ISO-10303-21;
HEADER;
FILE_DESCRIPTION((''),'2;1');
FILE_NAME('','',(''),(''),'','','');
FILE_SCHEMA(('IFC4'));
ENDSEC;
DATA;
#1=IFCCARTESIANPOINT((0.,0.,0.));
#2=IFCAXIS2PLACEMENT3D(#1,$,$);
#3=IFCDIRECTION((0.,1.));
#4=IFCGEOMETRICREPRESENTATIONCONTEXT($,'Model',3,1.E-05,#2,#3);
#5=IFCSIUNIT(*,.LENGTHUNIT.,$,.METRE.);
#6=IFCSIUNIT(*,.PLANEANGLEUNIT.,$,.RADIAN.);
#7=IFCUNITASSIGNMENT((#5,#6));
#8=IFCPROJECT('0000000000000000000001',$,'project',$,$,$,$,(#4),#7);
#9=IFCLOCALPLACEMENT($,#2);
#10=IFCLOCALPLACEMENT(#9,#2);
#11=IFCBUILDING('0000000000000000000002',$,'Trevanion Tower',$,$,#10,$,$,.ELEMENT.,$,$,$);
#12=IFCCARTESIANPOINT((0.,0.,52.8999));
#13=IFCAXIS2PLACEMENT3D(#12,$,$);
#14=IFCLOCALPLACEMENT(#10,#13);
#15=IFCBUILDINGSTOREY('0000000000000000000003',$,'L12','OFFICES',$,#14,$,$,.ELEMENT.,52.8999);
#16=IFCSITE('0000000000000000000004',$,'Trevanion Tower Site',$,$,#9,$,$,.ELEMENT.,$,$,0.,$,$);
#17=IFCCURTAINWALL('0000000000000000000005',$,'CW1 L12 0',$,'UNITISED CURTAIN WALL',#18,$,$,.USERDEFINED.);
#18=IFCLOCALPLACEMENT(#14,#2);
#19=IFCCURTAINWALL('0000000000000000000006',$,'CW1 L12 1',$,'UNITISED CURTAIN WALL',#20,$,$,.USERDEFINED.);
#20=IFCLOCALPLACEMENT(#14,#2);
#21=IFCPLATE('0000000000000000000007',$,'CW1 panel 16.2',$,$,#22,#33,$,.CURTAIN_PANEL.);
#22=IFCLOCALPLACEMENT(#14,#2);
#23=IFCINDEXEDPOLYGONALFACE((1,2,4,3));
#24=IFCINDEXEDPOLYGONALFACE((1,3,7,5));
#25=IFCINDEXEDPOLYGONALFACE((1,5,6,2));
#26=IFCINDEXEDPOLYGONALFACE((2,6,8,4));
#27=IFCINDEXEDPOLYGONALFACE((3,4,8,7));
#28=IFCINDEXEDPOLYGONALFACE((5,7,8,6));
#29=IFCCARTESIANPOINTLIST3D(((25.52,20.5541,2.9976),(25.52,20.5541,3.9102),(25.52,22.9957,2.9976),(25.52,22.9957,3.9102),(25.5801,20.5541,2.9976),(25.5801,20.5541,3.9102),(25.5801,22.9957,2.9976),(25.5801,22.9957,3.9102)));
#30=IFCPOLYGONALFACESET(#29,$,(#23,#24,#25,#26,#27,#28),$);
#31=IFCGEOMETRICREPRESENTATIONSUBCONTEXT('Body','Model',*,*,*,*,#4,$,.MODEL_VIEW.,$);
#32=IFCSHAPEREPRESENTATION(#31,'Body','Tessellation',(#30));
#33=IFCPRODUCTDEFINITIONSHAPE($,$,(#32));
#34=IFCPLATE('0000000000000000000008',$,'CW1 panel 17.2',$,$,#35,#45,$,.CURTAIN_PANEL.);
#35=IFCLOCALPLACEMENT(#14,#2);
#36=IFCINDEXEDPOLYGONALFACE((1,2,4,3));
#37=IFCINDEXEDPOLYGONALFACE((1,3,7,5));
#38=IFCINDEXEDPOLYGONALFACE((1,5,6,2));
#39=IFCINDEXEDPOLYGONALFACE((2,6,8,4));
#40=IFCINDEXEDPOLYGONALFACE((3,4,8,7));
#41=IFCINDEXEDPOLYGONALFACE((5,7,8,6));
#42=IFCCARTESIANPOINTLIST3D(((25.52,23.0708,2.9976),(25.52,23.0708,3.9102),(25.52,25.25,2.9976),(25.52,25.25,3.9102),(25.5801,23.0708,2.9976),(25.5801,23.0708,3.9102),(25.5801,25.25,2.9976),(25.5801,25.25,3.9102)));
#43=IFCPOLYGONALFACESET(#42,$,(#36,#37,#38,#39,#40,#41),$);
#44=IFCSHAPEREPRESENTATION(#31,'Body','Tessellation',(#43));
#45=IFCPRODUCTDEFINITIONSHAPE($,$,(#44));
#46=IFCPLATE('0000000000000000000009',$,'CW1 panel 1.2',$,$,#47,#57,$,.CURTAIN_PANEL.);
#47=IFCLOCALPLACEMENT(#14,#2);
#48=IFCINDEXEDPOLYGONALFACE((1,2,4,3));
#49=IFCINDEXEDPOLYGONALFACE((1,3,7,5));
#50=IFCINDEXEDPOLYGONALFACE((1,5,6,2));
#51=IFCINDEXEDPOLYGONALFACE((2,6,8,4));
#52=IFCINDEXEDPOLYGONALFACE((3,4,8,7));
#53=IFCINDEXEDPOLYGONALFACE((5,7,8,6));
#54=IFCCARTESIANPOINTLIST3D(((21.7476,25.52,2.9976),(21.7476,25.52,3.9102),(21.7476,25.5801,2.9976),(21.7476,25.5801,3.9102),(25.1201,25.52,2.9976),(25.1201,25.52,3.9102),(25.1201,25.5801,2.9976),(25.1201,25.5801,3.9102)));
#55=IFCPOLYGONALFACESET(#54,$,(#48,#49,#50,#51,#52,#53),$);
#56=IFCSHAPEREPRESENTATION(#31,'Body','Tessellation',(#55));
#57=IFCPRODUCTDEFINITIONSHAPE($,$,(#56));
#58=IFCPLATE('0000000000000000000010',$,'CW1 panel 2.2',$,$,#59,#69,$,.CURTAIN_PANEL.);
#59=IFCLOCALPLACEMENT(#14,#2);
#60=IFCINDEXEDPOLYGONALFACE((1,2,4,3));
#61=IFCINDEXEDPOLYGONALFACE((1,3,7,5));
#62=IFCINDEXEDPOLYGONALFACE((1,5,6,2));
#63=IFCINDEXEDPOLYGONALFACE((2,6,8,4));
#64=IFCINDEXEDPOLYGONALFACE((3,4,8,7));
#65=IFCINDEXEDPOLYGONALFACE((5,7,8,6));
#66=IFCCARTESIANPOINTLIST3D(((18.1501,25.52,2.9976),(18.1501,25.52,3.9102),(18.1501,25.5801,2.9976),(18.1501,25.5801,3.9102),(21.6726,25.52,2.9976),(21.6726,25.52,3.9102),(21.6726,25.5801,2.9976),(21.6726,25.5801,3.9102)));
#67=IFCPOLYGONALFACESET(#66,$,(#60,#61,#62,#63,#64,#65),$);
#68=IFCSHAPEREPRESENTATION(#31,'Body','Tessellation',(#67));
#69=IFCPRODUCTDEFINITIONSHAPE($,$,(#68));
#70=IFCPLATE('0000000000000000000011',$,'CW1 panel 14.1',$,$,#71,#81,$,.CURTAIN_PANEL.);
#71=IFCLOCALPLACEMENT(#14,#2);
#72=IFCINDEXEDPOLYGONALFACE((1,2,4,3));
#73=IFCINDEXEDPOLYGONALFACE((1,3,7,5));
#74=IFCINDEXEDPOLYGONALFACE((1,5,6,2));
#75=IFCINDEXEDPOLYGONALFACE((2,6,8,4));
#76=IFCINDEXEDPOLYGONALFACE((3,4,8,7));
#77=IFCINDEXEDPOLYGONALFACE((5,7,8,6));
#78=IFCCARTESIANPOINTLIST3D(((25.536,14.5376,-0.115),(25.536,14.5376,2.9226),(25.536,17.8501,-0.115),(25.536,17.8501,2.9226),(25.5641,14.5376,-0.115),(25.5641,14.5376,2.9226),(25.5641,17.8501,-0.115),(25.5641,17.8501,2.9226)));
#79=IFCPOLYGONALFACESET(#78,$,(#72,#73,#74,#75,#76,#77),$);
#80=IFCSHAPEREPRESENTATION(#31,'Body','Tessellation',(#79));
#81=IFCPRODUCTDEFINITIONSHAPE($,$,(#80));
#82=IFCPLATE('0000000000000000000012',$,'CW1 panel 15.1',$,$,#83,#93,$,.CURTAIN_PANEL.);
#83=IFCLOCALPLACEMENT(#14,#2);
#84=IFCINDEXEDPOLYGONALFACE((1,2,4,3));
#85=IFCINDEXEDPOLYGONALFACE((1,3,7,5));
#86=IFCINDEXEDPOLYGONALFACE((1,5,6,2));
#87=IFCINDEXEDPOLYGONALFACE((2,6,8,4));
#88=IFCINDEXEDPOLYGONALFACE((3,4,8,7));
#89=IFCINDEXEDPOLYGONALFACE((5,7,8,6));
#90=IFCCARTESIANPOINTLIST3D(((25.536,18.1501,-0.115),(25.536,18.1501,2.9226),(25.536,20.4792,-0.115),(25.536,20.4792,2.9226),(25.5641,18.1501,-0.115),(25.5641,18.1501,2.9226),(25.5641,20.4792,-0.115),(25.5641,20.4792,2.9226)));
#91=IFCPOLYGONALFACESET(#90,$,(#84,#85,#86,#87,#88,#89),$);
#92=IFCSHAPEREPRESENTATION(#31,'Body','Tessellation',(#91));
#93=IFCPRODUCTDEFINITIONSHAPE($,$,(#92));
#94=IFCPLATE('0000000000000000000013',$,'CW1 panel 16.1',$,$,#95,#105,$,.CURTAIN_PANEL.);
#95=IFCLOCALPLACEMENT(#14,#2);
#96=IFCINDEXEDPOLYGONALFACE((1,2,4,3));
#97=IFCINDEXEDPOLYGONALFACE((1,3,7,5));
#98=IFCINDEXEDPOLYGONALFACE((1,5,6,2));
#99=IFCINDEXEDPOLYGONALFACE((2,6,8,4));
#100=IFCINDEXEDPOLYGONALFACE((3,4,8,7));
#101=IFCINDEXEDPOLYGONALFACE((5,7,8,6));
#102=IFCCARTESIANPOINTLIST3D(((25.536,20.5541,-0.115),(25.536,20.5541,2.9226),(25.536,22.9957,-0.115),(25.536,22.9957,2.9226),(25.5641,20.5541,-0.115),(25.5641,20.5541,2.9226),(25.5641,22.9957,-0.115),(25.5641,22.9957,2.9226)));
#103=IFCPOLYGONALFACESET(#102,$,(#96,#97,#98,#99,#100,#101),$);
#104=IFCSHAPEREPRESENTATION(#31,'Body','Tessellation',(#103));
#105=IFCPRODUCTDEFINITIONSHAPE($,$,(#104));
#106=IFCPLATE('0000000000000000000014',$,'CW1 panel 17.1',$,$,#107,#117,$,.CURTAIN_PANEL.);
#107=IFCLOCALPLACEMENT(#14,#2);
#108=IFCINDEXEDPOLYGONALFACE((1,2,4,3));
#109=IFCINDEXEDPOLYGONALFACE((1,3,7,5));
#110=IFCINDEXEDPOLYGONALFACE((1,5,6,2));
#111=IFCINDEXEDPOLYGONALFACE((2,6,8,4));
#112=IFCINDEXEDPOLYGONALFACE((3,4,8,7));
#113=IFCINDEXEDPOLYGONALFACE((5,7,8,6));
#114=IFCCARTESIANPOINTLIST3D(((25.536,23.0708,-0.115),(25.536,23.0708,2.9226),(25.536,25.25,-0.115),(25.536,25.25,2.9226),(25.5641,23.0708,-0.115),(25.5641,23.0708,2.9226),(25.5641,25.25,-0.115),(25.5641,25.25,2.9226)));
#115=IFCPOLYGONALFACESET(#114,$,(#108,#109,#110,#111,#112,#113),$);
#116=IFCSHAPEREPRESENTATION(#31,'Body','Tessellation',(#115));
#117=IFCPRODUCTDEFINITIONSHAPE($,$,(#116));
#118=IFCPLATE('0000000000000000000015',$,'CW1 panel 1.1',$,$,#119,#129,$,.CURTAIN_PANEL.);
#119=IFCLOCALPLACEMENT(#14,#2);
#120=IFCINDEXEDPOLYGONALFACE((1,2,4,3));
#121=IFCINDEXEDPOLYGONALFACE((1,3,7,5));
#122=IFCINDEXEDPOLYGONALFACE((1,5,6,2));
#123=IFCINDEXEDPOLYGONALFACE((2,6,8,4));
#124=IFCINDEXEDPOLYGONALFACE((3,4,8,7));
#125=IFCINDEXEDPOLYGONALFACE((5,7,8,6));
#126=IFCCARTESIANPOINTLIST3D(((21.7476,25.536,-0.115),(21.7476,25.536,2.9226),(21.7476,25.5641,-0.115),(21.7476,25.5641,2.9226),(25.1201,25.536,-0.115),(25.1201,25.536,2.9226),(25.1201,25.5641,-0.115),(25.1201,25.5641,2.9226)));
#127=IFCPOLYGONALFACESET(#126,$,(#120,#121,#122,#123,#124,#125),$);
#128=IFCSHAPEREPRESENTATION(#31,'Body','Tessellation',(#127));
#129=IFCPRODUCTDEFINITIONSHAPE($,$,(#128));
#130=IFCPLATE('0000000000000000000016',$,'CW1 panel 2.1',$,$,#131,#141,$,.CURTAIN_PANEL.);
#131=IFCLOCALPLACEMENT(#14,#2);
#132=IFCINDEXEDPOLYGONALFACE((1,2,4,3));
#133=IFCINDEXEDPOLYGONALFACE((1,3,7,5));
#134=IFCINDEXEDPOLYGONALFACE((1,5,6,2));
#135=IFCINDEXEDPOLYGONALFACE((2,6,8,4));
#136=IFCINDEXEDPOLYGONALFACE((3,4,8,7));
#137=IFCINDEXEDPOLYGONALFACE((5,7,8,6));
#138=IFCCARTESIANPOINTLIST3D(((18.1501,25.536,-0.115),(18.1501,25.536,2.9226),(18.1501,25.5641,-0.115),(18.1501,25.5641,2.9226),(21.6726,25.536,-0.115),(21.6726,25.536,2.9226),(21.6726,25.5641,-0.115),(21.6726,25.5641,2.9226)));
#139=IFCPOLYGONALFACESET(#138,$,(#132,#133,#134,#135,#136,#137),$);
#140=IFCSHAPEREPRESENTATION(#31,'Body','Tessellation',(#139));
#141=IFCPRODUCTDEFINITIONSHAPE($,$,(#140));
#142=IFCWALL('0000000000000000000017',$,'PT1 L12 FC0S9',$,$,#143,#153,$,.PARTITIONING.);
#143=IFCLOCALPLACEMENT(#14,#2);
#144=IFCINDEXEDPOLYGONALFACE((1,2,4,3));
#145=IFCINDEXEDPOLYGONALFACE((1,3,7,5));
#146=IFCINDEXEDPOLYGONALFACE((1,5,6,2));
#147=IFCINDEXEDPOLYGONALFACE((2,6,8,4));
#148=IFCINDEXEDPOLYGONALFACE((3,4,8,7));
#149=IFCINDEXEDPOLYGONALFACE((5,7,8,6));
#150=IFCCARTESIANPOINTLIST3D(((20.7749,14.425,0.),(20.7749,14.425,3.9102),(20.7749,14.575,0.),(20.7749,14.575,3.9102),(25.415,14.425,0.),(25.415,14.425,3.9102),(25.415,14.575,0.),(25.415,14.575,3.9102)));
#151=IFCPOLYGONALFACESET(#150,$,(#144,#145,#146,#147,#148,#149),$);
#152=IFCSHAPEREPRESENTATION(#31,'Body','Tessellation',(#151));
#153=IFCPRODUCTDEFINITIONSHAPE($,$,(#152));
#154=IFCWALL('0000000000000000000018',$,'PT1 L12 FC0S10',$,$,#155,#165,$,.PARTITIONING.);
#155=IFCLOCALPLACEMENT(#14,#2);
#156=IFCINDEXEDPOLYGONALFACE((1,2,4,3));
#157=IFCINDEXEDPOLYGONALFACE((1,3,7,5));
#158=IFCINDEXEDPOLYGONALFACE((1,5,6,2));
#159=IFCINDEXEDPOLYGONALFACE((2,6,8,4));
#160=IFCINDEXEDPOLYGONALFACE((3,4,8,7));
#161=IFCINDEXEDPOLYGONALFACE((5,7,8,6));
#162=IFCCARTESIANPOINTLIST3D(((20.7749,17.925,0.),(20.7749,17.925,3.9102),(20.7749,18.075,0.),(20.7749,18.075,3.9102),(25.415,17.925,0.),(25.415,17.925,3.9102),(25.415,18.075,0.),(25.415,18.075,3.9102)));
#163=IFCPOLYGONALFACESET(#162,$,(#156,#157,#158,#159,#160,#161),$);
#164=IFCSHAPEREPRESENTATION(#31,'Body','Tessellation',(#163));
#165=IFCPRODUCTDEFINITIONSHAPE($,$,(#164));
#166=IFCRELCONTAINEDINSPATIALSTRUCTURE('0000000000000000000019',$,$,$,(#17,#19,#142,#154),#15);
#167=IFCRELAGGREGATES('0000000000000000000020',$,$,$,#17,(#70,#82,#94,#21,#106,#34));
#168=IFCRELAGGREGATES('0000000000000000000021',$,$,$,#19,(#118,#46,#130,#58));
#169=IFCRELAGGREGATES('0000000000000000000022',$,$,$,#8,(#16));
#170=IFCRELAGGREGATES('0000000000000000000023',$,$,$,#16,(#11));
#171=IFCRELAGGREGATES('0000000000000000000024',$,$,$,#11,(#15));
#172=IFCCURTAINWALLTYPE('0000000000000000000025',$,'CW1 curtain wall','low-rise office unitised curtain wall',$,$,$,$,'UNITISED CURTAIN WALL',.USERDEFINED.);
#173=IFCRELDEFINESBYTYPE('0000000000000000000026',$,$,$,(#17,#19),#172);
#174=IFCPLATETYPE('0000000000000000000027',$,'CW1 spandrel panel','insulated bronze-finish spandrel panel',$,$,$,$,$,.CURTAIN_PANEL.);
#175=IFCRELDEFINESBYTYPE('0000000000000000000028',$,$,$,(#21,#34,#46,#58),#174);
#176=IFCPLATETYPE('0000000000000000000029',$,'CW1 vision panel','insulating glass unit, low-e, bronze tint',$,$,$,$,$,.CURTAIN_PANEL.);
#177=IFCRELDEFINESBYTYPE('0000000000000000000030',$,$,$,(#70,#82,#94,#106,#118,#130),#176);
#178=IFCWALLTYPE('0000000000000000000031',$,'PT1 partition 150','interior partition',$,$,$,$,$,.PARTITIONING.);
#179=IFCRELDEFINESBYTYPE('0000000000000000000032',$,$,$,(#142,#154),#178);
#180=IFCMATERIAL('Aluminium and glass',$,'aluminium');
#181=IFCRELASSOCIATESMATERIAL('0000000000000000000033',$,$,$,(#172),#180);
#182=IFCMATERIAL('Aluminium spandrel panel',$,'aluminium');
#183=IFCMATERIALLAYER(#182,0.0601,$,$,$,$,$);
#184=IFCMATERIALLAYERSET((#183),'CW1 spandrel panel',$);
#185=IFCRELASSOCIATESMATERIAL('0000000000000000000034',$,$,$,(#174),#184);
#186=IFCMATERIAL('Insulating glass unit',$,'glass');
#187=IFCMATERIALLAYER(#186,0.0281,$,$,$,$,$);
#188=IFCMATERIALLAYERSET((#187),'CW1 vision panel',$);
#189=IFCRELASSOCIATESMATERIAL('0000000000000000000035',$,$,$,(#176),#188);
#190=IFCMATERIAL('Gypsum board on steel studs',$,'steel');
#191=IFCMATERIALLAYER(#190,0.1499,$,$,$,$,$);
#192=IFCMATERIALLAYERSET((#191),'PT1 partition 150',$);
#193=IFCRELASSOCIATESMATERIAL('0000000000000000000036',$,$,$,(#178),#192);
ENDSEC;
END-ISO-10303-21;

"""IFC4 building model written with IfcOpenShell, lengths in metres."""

from ifc_helpers import new_model, si_unit, direction, frame, frame_2d, origin, origin_2d, place, context, subcontext, project, spatial, rectangle, extrude, material, layer, layer_set, type_object, element, aggregate, save


model = new_model("IFC4")

# Units and contexts
model_context = context("Model", 3, precision=1e-05, world=origin(), true_north=direction((0.0, 1.0)))
body_context = subcontext(model_context, "Body", "Model", "MODEL_VIEW")
ifc_project = project(units=[si_unit("LENGTHUNIT", "METRE"), si_unit("PLANEANGLEUNIT", "RADIAN")], contexts=[model_context])

# Site, building, storey
site_placement = place(None, origin())
site = spatial("IfcSite", under=ifc_project, at=site_placement, Name="Trevanion Tower Site", CompositionType="ELEMENT", RefElevation=0.0)
building_placement = place(site_placement, origin())
building = spatial("IfcBuilding", under=site, at=building_placement, Name="Trevanion Tower", CompositionType="ELEMENT")
storey_placement = place(building_placement, frame((0.0, 0.0, 52.8999)))
storey = spatial("IfcBuildingStorey", under=building, at=storey_placement, Name="L12", Description="OFFICES", CompositionType="ELEMENT", Elevation=52.8999)

# Curtain wall
ifc_material_1 = material(Name="Aluminium and glass", Category="aluminium")
curtain_wall_type = type_object("IfcCurtainWallType", Name="CW1 curtain wall", Description="low-rise office unitised curtain wall", ElementType="UNITISED CURTAIN WALL", PredefinedType="USERDEFINED", material=ifc_material_1)
curtain_wall_1_placement = place(storey_placement, origin())
curtain_wall_1 = element("IfcCurtainWall", 1, at=curtain_wall_1_placement, inside=storey, type_object=curtain_wall_type, Name="CW1 L12 0", ObjectType="UNITISED CURTAIN WALL", PredefinedType="USERDEFINED")

# Curtain wall
curtain_wall_2_placement = place(storey_placement, origin())
curtain_wall_2 = element("IfcCurtainWall", 2, at=curtain_wall_2_placement, inside=storey, type_object=curtain_wall_type, Name="CW1 L12 1", ObjectType="UNITISED CURTAIN WALL", PredefinedType="USERDEFINED")

# Plates
ifc_material_2 = material(Name="Aluminium spandrel panel", Category="aluminium")
ifc_layer_1 = layer(ifc_material_2, 0.0601)
ifc_layer_set_1 = layer_set([ifc_layer_1], Name="CW1 spandrel panel")
plate_type_1 = type_object("IfcPlateType", Name="CW1 spandrel panel", Description="insulated bronze-finish spandrel panel", PredefinedType="CURTAIN_PANEL", material=ifc_layer_set_1)
plate_1_placement = place(storey_placement, frame((25.55, 21.7749, 2.9976), z_axis=(0.0, 0.0, 1.0), x_axis=(0.0, 1.0, 0.0)))
plate_1 = element("IfcPlate", 3, at=plate_1_placement, type_object=plate_type_1, Name="CW1 panel 16.2", PredefinedType="CURTAIN_PANEL", context=body_context, shape_type="SweptSolid", body=[
    extrude(rectangle(XDim=2.4417, YDim=0.0601, at=origin_2d()), origin(), (0.0, 0.0, 1.0), 0.9126),
])
plate_2_placement = place(storey_placement, frame((25.55, 24.1604, 2.9976), z_axis=(0.0, 0.0, 1.0), x_axis=(0.0, 1.0, 0.0)))
plate_2 = element("IfcPlate", 4, at=plate_2_placement, type_object=plate_type_1, Name="CW1 panel 17.2", PredefinedType="CURTAIN_PANEL", context=body_context, shape_type="SweptSolid", body=[
    extrude(rectangle(XDim=2.1792, YDim=0.0601, at=origin_2d()), origin(), (0.0, 0.0, 1.0), 0.9126),
])
plate_3_placement = place(storey_placement, frame((23.4338, 25.55, 2.9976), z_axis=(0.0, 0.0, 1.0), x_axis=(-1.0, 0.0, 0.0)))
plate_3 = element("IfcPlate", 5, at=plate_3_placement, type_object=plate_type_1, Name="CW1 panel 1.2", PredefinedType="CURTAIN_PANEL", context=body_context, shape_type="SweptSolid", body=[
    extrude(rectangle(XDim=3.3726, YDim=0.0601, at=origin_2d()), origin(), (0.0, 0.0, 1.0), 0.9126),
])
plate_4_placement = place(storey_placement, frame((19.9114, 25.55, 2.9976), z_axis=(0.0, 0.0, 1.0), x_axis=(-1.0, 0.0, 0.0)))
plate_4 = element("IfcPlate", 6, at=plate_4_placement, type_object=plate_type_1, Name="CW1 panel 2.2", PredefinedType="CURTAIN_PANEL", context=body_context, shape_type="SweptSolid", body=[
    extrude(rectangle(XDim=3.5225, YDim=0.0601, at=origin_2d()), origin(), (0.0, 0.0, 1.0), 0.9126),
])
ifc_material_3 = material(Name="Insulating glass unit", Category="glass")
ifc_layer_2 = layer(ifc_material_3, 0.0281)
ifc_layer_set_2 = layer_set([ifc_layer_2], Name="CW1 vision panel")
plate_type_2 = type_object("IfcPlateType", Name="CW1 vision panel", Description="insulating glass unit, low-e, bronze tint", PredefinedType="CURTAIN_PANEL", material=ifc_layer_set_2)
plate_5_placement = place(storey_placement, frame((25.55, 16.1938, -0.115), z_axis=(0.0, 0.0, 1.0), x_axis=(0.0, 1.0, 0.0)))
plate_5 = element("IfcPlate", 7, at=plate_5_placement, type_object=plate_type_2, Name="CW1 panel 14.1", PredefinedType="CURTAIN_PANEL", context=body_context, shape_type="SweptSolid", body=[
    extrude(rectangle(XDim=3.3125, YDim=0.0281, at=origin_2d()), origin(), (0.0, 0.0, 1.0), 3.0376),
])
plate_6_placement = place(storey_placement, frame((25.55, 19.3147, -0.115), z_axis=(0.0, 0.0, 1.0), x_axis=(0.0, 1.0, 0.0)))
plate_6 = element("IfcPlate", 8, at=plate_6_placement, type_object=plate_type_2, Name="CW1 panel 15.1", PredefinedType="CURTAIN_PANEL", context=body_context, shape_type="SweptSolid", body=[
    extrude(rectangle(XDim=2.3291, YDim=0.0281, at=origin_2d()), origin(), (0.0, 0.0, 1.0), 3.0376),
])
plate_7_placement = place(storey_placement, frame((25.55, 21.7749, -0.115), z_axis=(0.0, 0.0, 1.0), x_axis=(0.0, 1.0, 0.0)))
plate_7 = element("IfcPlate", 9, at=plate_7_placement, type_object=plate_type_2, Name="CW1 panel 16.1", PredefinedType="CURTAIN_PANEL", context=body_context, shape_type="SweptSolid", body=[
    extrude(rectangle(XDim=2.4417, YDim=0.0281, at=origin_2d()), origin(), (0.0, 0.0, 1.0), 3.0376),
])
plate_8_placement = place(storey_placement, frame((25.55, 24.1604, -0.115), z_axis=(0.0, 0.0, 1.0), x_axis=(0.0, 1.0, 0.0)))
plate_8 = element("IfcPlate", 10, at=plate_8_placement, type_object=plate_type_2, Name="CW1 panel 17.1", PredefinedType="CURTAIN_PANEL", context=body_context, shape_type="SweptSolid", body=[
    extrude(rectangle(XDim=2.1792, YDim=0.0281, at=origin_2d()), origin(), (0.0, 0.0, 1.0), 3.0376),
])
aggregate(curtain_wall_1, [plate_5, plate_6, plate_7, plate_1, plate_8, plate_2])
plate_9_placement = place(storey_placement, frame((23.4338, 25.55, -0.115), z_axis=(0.0, 0.0, 1.0), x_axis=(-1.0, 0.0, 0.0)))
plate_9 = element("IfcPlate", 11, at=plate_9_placement, type_object=plate_type_2, Name="CW1 panel 1.1", PredefinedType="CURTAIN_PANEL", context=body_context, shape_type="SweptSolid", body=[
    extrude(rectangle(XDim=3.3726, YDim=0.0281, at=origin_2d()), origin(), (0.0, 0.0, 1.0), 3.0376),
])
plate_10_placement = place(storey_placement, frame((19.9114, 25.55, -0.115), z_axis=(0.0, 0.0, 1.0), x_axis=(-1.0, 0.0, 0.0)))
plate_10 = element("IfcPlate", 12, at=plate_10_placement, type_object=plate_type_2, Name="CW1 panel 2.1", PredefinedType="CURTAIN_PANEL", context=body_context, shape_type="SweptSolid", body=[
    extrude(rectangle(XDim=3.5225, YDim=0.0281, at=origin_2d()), origin(), (0.0, 0.0, 1.0), 3.0376),
])
aggregate(curtain_wall_2, [plate_9, plate_3, plate_10, plate_4])

# Walls
ifc_material_4 = material(Name="Gypsum board on steel studs", Category="steel")
ifc_layer_3 = layer(ifc_material_4, 0.1499)
ifc_layer_set_3 = layer_set([ifc_layer_3], Name="PT1 partition 150")
wall_type = type_object("IfcWallType", Name="PT1 partition 150", Description="interior partition", PredefinedType="PARTITIONING", material=ifc_layer_set_3)
for number, where, z_axis, x_axis, name in (
    (13, (20.7749, 14.5, 0.0), (0.0, 0.0, 1.0), (1.0, 0.0, 0.0), "PT1 L12 FC0S9"),
    (14, (20.7749, 18.0, 0.0), (0.0, 0.0, 1.0), (1.0, 0.0, 0.0), "PT1 L12 FC0S10"),
):
    element("IfcWall", number, at=place(storey_placement, frame(where, z_axis=z_axis, x_axis=x_axis)), inside=storey, type_object=wall_type, Name=name, PredefinedType="PARTITIONING", context=body_context, shape_type="SweptSolid", body=[
        extrude(rectangle(XDim=4.6401, YDim=0.1499, at=frame_2d((2.3201, 0.0))), origin(), (0.0, 0.0, 1.0), 3.9102),
    ])

save(model, "model.ifc")
